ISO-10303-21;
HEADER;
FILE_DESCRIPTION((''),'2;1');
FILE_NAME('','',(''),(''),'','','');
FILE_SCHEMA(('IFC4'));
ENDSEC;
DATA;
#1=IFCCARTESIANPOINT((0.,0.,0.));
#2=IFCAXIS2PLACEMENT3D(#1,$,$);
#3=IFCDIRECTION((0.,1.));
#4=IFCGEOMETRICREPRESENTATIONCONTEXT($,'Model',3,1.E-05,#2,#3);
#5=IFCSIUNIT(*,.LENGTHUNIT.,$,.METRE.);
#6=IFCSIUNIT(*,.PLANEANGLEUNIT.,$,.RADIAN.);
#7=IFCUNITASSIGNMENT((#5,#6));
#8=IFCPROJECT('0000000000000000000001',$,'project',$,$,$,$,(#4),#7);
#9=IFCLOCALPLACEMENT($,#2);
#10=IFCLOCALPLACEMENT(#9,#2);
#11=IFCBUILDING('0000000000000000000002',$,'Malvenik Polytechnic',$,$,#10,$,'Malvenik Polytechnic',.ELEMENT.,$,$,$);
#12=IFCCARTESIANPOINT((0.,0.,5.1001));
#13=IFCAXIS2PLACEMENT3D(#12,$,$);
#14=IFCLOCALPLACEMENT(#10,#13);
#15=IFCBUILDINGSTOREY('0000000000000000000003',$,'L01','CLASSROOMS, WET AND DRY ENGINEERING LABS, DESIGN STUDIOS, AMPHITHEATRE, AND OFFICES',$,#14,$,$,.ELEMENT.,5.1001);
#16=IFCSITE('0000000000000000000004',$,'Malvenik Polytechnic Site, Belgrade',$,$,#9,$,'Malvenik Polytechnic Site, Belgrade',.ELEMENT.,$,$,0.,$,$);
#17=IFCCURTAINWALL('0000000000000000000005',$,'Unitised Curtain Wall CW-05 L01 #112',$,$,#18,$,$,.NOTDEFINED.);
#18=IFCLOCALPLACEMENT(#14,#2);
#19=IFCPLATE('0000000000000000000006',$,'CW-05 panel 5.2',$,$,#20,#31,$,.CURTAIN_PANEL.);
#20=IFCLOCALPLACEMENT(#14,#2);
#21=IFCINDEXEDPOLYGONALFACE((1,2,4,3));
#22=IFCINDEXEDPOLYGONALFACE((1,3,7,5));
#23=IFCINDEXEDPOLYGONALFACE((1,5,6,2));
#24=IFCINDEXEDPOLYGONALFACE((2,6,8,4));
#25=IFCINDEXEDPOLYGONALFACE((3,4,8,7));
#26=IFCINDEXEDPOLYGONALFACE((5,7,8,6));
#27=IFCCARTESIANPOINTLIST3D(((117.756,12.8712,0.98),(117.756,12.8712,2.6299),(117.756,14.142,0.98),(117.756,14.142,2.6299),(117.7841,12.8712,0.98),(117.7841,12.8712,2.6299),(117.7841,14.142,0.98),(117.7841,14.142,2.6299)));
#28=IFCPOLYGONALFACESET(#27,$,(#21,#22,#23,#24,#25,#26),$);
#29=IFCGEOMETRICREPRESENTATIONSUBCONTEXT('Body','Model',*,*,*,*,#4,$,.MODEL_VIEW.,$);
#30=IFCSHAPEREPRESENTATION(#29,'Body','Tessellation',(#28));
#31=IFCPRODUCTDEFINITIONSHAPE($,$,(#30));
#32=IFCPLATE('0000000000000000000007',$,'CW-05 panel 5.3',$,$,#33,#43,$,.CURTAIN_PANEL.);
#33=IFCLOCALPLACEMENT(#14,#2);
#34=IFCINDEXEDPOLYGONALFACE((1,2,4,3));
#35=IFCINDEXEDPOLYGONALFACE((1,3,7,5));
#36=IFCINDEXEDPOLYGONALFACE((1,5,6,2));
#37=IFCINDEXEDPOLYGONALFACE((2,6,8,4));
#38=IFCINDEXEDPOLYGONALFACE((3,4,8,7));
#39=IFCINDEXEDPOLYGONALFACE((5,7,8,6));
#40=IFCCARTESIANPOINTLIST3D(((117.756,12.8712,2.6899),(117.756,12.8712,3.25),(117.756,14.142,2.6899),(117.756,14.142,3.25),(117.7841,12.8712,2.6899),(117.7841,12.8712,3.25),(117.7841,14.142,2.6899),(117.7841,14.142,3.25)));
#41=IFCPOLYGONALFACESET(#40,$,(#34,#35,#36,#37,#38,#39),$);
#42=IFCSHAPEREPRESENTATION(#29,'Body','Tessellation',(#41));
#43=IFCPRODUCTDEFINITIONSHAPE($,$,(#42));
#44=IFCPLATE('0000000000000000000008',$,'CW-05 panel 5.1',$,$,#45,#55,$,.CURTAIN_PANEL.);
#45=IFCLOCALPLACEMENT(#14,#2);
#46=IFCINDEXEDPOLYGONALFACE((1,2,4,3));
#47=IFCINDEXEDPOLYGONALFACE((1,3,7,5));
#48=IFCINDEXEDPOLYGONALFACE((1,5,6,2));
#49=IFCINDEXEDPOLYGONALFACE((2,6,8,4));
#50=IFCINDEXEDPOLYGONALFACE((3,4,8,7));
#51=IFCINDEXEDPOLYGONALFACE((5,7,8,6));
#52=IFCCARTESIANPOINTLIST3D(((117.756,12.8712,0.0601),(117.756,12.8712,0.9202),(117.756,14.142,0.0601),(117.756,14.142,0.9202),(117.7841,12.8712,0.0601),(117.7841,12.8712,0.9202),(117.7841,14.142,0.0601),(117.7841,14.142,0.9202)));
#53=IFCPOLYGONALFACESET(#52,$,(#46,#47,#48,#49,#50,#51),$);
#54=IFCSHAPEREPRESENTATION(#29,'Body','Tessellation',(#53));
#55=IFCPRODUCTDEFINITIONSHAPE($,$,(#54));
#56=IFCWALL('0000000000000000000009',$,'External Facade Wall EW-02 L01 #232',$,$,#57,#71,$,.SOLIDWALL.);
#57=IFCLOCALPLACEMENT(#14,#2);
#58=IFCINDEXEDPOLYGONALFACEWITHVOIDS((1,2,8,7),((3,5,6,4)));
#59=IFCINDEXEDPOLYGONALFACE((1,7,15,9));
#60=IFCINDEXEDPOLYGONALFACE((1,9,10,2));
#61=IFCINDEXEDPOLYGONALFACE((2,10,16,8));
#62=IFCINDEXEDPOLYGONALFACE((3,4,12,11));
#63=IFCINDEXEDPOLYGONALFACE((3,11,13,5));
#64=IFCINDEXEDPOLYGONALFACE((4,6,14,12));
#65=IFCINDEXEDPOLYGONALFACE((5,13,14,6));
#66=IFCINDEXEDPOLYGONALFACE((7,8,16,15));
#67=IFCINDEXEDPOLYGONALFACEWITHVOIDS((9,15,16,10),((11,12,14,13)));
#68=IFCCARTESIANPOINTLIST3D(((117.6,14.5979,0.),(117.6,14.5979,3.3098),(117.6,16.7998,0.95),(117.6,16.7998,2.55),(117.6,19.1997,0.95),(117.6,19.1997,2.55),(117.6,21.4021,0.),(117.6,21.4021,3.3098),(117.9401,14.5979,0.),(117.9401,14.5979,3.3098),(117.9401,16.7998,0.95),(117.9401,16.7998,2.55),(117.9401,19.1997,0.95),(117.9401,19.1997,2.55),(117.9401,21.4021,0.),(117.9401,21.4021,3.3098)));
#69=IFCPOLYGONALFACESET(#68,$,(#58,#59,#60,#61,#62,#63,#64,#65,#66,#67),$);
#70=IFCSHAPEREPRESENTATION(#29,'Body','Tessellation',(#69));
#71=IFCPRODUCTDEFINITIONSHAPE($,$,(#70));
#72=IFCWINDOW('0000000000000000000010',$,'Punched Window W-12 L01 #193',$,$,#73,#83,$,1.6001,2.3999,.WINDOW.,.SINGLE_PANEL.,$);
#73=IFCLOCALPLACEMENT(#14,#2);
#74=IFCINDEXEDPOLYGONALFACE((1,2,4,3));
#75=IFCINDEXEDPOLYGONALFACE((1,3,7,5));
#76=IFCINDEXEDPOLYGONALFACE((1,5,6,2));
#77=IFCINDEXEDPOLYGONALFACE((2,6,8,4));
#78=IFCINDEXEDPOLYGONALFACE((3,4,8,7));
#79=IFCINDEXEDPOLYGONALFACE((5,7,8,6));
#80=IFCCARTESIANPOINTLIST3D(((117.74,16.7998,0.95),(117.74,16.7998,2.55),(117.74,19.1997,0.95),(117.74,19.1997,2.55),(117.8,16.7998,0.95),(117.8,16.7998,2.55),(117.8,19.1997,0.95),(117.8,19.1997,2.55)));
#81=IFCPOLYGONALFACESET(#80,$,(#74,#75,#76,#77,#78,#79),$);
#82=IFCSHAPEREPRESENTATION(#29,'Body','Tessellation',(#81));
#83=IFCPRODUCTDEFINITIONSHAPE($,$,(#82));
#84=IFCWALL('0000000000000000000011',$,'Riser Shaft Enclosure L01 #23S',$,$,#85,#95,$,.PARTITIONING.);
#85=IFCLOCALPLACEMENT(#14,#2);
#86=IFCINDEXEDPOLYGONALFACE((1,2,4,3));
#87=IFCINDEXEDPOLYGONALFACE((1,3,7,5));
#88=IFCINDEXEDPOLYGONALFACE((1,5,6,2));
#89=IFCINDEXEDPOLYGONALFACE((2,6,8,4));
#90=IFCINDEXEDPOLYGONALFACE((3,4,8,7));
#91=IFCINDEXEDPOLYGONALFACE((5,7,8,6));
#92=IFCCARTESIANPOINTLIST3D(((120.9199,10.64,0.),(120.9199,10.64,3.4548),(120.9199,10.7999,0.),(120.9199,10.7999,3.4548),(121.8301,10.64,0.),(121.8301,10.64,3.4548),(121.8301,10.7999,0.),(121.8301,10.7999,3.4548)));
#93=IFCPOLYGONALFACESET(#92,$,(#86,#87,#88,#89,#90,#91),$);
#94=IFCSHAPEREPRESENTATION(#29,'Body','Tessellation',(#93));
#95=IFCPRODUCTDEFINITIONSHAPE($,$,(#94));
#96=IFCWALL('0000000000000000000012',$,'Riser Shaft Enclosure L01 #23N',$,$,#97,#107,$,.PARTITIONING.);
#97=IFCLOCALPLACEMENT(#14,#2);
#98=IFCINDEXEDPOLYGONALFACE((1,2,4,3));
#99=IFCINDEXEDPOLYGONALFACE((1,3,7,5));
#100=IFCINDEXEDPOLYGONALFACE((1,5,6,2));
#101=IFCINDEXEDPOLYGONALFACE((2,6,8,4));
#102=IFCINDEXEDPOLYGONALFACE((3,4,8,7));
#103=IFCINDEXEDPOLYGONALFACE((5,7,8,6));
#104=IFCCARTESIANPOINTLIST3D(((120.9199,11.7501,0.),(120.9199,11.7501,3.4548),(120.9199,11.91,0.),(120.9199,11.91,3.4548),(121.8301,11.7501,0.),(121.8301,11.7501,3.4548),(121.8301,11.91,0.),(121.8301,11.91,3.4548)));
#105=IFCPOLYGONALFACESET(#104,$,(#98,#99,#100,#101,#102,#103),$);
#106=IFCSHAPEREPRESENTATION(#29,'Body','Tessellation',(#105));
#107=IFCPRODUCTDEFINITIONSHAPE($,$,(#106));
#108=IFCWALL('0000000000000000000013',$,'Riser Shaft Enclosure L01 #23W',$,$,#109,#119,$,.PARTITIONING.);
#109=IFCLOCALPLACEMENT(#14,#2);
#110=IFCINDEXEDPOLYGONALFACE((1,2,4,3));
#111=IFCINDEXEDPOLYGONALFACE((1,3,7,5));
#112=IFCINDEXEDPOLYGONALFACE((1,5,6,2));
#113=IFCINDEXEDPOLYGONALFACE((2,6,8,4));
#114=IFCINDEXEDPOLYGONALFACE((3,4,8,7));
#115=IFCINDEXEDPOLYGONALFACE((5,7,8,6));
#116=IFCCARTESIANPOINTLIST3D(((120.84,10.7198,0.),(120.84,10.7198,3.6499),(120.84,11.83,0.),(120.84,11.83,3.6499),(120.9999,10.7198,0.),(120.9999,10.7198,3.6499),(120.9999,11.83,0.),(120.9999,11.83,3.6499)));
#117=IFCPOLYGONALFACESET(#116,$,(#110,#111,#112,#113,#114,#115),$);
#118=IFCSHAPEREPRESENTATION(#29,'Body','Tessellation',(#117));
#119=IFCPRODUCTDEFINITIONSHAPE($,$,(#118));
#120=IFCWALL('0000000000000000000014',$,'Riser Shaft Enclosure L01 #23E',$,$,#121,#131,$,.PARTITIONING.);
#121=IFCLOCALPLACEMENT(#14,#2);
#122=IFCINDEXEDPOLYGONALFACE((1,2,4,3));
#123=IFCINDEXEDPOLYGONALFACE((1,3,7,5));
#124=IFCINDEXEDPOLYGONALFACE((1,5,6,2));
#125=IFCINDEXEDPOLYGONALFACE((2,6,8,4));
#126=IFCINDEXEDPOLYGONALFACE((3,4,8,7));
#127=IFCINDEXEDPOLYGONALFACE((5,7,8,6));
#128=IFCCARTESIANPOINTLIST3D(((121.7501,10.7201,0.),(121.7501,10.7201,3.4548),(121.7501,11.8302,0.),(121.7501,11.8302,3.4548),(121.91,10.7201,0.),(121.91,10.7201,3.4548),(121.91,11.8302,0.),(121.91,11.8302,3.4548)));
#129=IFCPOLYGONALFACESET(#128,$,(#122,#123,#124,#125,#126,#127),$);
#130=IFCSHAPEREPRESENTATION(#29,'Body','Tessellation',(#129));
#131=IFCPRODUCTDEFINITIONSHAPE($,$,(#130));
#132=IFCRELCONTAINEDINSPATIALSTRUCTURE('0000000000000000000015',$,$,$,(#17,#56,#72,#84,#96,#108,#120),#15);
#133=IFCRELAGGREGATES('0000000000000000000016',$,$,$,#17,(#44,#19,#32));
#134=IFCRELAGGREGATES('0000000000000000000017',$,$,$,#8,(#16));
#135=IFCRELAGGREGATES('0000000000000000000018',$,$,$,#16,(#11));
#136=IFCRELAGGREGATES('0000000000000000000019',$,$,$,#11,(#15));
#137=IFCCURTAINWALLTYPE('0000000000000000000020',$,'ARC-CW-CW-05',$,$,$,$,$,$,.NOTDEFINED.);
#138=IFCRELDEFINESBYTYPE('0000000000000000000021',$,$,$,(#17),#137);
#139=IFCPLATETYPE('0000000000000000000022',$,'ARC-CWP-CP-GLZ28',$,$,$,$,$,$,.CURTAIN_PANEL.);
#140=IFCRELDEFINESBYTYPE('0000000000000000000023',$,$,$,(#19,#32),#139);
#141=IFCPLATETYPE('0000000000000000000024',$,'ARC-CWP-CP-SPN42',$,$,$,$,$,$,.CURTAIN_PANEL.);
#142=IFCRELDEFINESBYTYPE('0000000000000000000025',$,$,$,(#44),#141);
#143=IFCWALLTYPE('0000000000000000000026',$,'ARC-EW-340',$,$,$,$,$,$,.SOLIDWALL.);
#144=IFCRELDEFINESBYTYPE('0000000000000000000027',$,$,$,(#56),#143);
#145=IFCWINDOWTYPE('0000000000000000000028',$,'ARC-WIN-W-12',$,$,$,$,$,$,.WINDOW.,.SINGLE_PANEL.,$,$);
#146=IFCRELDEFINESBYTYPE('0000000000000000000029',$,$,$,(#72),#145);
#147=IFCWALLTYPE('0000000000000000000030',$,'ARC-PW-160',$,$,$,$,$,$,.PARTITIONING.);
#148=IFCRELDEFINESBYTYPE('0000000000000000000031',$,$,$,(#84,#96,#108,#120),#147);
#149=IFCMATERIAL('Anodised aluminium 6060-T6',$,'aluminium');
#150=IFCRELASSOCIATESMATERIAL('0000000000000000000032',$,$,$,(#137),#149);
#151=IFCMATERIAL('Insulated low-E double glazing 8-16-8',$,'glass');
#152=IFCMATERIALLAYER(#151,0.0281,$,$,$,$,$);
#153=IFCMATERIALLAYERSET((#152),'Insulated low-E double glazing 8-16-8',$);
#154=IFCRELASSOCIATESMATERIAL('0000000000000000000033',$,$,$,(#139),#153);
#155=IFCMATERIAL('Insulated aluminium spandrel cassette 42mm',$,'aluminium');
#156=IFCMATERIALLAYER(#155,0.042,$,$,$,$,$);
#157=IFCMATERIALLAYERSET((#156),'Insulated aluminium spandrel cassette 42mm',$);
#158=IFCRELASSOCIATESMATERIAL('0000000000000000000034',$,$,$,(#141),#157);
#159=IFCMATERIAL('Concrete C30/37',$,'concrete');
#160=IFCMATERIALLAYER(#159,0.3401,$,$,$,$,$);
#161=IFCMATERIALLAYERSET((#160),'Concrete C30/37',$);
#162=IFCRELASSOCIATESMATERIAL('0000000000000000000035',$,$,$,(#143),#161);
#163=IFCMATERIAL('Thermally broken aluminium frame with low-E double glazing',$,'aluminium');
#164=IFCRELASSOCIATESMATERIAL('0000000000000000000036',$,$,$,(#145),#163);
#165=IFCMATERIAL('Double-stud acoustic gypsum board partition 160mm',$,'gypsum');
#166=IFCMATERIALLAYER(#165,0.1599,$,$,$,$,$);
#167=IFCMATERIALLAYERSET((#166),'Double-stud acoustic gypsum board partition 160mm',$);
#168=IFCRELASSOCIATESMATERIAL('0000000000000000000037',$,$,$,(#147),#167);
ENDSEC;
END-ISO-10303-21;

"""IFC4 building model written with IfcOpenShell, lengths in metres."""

from ifc_helpers import new_model, si_unit, direction, frame, frame_2d, origin, origin_2d, place, context, subcontext, project, spatial, rectangle, extrude, material, layer, layer_set, type_object, element, fill, aggregate, save


model = new_model("IFC4")

# Units and contexts
model_context = context("Model", 3, precision=1e-05, world=origin(), true_north=direction((0.0, 1.0)))
body_context = subcontext(model_context, "Body", "Model", "MODEL_VIEW")
ifc_project = project(units=[si_unit("LENGTHUNIT", "METRE"), si_unit("PLANEANGLEUNIT", "RADIAN")], contexts=[model_context])

# Site, building, storey
site_placement = place(None, origin())
site = spatial("IfcSite", under=ifc_project, at=site_placement, Name="Malvenik Polytechnic Site, Belgrade", LongName="Malvenik Polytechnic Site, Belgrade", CompositionType="ELEMENT", RefElevation=0.0)
building_placement = place(site_placement, origin())
building = spatial("IfcBuilding", under=site, at=building_placement, Name="Malvenik Polytechnic", LongName="Malvenik Polytechnic", CompositionType="ELEMENT")
storey_placement = place(building_placement, frame((0.0, 0.0, 5.1001)))
storey = spatial("IfcBuildingStorey", under=building, at=storey_placement, Name="L01", Description="CLASSROOMS, WET AND DRY ENGINEERING LABS, DESIGN STUDIOS, AMPHITHEATRE, AND OFFICES", CompositionType="ELEMENT", Elevation=5.1001)

# Curtain wall
ifc_material_1 = material(Name="Anodised aluminium 6060-T6", Category="aluminium")
curtain_wall_type = type_object("IfcCurtainWallType", Name="ARC-CW-CW-05", PredefinedType="NOTDEFINED", material=ifc_material_1)
curtain_wall_placement = place(storey_placement, origin())
curtain_wall = element("IfcCurtainWall", 1, at=curtain_wall_placement, inside=storey, type_object=curtain_wall_type, Name="Unitised Curtain Wall CW-05 L01 #112", PredefinedType="NOTDEFINED")

# Shared definitions
ifc_material_2 = material(Name="Concrete C30/37", Category="concrete")

# Plates
ifc_material_3 = material(Name="Insulated low-E double glazing 8-16-8", Category="glass")
ifc_layer_1 = layer(ifc_material_3, 0.0281)
ifc_layer_set_1 = layer_set([ifc_layer_1], Name="Insulated low-E double glazing 8-16-8")
plate_type_1 = type_object("IfcPlateType", Name="ARC-CWP-CP-GLZ28", PredefinedType="CURTAIN_PANEL", material=ifc_layer_set_1)
plate_1_placement = place(storey_placement, frame((117.77, 13.5066, 0.98), z_axis=(0.0, 0.0, 1.0), x_axis=(0.0, 1.0, 0.0)))
plate_1 = element("IfcPlate", 2, at=plate_1_placement, type_object=plate_type_1, Name="CW-05 panel 5.2", PredefinedType="CURTAIN_PANEL", context=body_context, shape_type="SweptSolid", body=[
    extrude(rectangle(XDim=1.2708, YDim=0.0281, at=origin_2d()), origin(), (0.0, 0.0, 1.0), 1.6499),
])
plate_2_placement = place(storey_placement, frame((117.77, 13.5066, 2.6899), z_axis=(0.0, 0.0, 1.0), x_axis=(0.0, 1.0, 0.0)))
plate_2 = element("IfcPlate", 3, at=plate_2_placement, type_object=plate_type_1, Name="CW-05 panel 5.3", PredefinedType="CURTAIN_PANEL", context=body_context, shape_type="SweptSolid", body=[
    extrude(rectangle(XDim=1.2708, YDim=0.0281, at=origin_2d()), origin(), (0.0, 0.0, 1.0), 0.5601),
])
ifc_material_4 = material(Name="Insulated aluminium spandrel cassette 42mm", Category="aluminium")
ifc_layer_2 = layer(ifc_material_4, 0.042)
ifc_layer_set_2 = layer_set([ifc_layer_2], Name="Insulated aluminium spandrel cassette 42mm")
plate_type_2 = type_object("IfcPlateType", Name="ARC-CWP-CP-SPN42", PredefinedType="CURTAIN_PANEL", material=ifc_layer_set_2)
plate_3_placement = place(storey_placement, frame((117.77, 13.5066, 0.0601), z_axis=(0.0, 0.0, 1.0), x_axis=(0.0, 1.0, 0.0)))
plate_3 = element("IfcPlate", 4, at=plate_3_placement, type_object=plate_type_2, Name="CW-05 panel 5.1", PredefinedType="CURTAIN_PANEL", context=body_context, shape_type="SweptSolid", body=[
    extrude(rectangle(XDim=1.2708, YDim=0.0281, at=origin_2d()), origin(), (0.0, 0.0, 1.0), 0.8601),
])
aggregate(curtain_wall, [plate_3, plate_1, plate_2])

# Wall, opening, window
ifc_layer_3 = layer(ifc_material_2, 0.3401)
ifc_layer_set_3 = layer_set([ifc_layer_3], Name="Concrete C30/37")
wall_type_1 = type_object("IfcWallType", Name="ARC-EW-340", PredefinedType="SOLIDWALL", material=ifc_layer_set_3)
wall_1_placement = place(storey_placement, frame((117.77, 14.5979, 0.0), z_axis=(0.0, 0.0, 1.0), x_axis=(0.0, 1.0, 0.0)))
wall_1 = element("IfcWall", 5, at=wall_1_placement, inside=storey, type_object=wall_type_1, Name="External Facade Wall EW-02 L01 #232", PredefinedType="SOLIDWALL", context=body_context, shape_type="SweptSolid", body=[
    extrude(rectangle(XDim=6.8042, YDim=0.3401, at=frame_2d((3.4021, 0.0))), origin(), (0.0, 0.0, 1.0), 3.3098),
])
opening_placement = place(wall_1_placement, frame((2.2019, 0.0, 0.95)))
opening = element("IfcOpeningElement", 6, at=opening_placement, cuts=wall_1, PredefinedType="OPENING", context=body_context, shape_type="SweptSolid", body=[
    extrude(rectangle(XDim=2.3999, YDim=1.6001, at=frame_2d((1.2, 0.8))), frame((0.0, 0.1802, 0.0), z_axis=(0.0, -1.0, 0.0), x_axis=(1.0, 0.0, 0.0)), (0.0, 0.0, 1.0), 0.3601),
])
ifc_material_5 = material(Name="Thermally broken aluminium frame with low-E double glazing", Category="aluminium")
window_type = type_object("IfcWindowType", Name="ARC-WIN-W-12", PartitioningType="SINGLE_PANEL", PredefinedType="WINDOW", material=ifc_material_5)
window_placement = place(opening_placement, origin())
window = element("IfcWindow", 7, at=window_placement, inside=storey, type_object=window_type, Name="Punched Window W-12 L01 #193", OverallHeight=1.6001, OverallWidth=2.3999, PartitioningType="SINGLE_PANEL", PredefinedType="WINDOW", context=body_context, shape_type="SweptSolid", body=[
    extrude(rectangle(XDim=2.3999, YDim=1.6001, at=frame_2d((1.2, 0.8))), frame((0.0, 0.03, 0.0), z_axis=(0.0, -1.0, 0.0), x_axis=(1.0, 0.0, 0.0)), (0.0, 0.0, 1.0), 0.0601),
])
fill(opening, window)

# Walls
ifc_material_6 = material(Name="Double-stud acoustic gypsum board partition 160mm", Category="gypsum")
ifc_layer_4 = layer(ifc_material_6, 0.1599)
ifc_layer_set_4 = layer_set([ifc_layer_4], Name="Double-stud acoustic gypsum board partition 160mm")
wall_type_2 = type_object("IfcWallType", Name="ARC-PW-160", PredefinedType="PARTITIONING", material=ifc_layer_set_4)
for number, where, z_axis, x_axis, name in (
    (8, (120.9199, 10.72, 0.0), (0.0, 0.0, 1.0), (1.0, 0.0, 0.0), "Riser Shaft Enclosure L01 #23S"),
    (9, (121.8301, 11.8301, 0.0), (0.0, 0.0, 1.0), (-1.0, 0.0, 0.0), "Riser Shaft Enclosure L01 #23N"),
):
    element("IfcWall", number, at=place(storey_placement, frame(where, z_axis=z_axis, x_axis=x_axis)), inside=storey, type_object=wall_type_2, Name=name, PredefinedType="PARTITIONING", context=body_context, shape_type="SweptSolid", body=[
        extrude(rectangle(XDim=0.9102, YDim=0.1599, at=frame_2d((0.4551, 0.0))), origin(), (0.0, 0.0, 1.0), 3.4548),
    ])
wall_2_placement = place(storey_placement, frame((120.9199, 11.8301, 0.0), z_axis=(0.0, 0.0, 1.0), x_axis=(0.0, -1.0, 0.0)))
element("IfcWall", 10, at=wall_2_placement, inside=storey, type_object=wall_type_2, Name="Riser Shaft Enclosure L01 #23W", PredefinedType="PARTITIONING", context=body_context, shape_type="SweptSolid", body=[
    extrude(rectangle(XDim=1.1101, YDim=0.1599, at=frame_2d((0.5552, 0.0))), origin(), (0.0, 0.0, 1.0), 3.6499),
])
wall_3_placement = place(storey_placement, frame((121.8301, 10.72, 0.0), z_axis=(0.0, 0.0, 1.0), x_axis=(0.0, 1.0, 0.0)))
element("IfcWall", 11, at=wall_3_placement, inside=storey, type_object=wall_type_2, Name="Riser Shaft Enclosure L01 #23E", PredefinedType="PARTITIONING", context=body_context, shape_type="SweptSolid", body=[
    extrude(rectangle(XDim=1.1101, YDim=0.1599, at=frame_2d((0.5552, 0.0))), origin(), (0.0, 0.0, 1.0), 3.4548),
])

save(model, "model.ifc")
